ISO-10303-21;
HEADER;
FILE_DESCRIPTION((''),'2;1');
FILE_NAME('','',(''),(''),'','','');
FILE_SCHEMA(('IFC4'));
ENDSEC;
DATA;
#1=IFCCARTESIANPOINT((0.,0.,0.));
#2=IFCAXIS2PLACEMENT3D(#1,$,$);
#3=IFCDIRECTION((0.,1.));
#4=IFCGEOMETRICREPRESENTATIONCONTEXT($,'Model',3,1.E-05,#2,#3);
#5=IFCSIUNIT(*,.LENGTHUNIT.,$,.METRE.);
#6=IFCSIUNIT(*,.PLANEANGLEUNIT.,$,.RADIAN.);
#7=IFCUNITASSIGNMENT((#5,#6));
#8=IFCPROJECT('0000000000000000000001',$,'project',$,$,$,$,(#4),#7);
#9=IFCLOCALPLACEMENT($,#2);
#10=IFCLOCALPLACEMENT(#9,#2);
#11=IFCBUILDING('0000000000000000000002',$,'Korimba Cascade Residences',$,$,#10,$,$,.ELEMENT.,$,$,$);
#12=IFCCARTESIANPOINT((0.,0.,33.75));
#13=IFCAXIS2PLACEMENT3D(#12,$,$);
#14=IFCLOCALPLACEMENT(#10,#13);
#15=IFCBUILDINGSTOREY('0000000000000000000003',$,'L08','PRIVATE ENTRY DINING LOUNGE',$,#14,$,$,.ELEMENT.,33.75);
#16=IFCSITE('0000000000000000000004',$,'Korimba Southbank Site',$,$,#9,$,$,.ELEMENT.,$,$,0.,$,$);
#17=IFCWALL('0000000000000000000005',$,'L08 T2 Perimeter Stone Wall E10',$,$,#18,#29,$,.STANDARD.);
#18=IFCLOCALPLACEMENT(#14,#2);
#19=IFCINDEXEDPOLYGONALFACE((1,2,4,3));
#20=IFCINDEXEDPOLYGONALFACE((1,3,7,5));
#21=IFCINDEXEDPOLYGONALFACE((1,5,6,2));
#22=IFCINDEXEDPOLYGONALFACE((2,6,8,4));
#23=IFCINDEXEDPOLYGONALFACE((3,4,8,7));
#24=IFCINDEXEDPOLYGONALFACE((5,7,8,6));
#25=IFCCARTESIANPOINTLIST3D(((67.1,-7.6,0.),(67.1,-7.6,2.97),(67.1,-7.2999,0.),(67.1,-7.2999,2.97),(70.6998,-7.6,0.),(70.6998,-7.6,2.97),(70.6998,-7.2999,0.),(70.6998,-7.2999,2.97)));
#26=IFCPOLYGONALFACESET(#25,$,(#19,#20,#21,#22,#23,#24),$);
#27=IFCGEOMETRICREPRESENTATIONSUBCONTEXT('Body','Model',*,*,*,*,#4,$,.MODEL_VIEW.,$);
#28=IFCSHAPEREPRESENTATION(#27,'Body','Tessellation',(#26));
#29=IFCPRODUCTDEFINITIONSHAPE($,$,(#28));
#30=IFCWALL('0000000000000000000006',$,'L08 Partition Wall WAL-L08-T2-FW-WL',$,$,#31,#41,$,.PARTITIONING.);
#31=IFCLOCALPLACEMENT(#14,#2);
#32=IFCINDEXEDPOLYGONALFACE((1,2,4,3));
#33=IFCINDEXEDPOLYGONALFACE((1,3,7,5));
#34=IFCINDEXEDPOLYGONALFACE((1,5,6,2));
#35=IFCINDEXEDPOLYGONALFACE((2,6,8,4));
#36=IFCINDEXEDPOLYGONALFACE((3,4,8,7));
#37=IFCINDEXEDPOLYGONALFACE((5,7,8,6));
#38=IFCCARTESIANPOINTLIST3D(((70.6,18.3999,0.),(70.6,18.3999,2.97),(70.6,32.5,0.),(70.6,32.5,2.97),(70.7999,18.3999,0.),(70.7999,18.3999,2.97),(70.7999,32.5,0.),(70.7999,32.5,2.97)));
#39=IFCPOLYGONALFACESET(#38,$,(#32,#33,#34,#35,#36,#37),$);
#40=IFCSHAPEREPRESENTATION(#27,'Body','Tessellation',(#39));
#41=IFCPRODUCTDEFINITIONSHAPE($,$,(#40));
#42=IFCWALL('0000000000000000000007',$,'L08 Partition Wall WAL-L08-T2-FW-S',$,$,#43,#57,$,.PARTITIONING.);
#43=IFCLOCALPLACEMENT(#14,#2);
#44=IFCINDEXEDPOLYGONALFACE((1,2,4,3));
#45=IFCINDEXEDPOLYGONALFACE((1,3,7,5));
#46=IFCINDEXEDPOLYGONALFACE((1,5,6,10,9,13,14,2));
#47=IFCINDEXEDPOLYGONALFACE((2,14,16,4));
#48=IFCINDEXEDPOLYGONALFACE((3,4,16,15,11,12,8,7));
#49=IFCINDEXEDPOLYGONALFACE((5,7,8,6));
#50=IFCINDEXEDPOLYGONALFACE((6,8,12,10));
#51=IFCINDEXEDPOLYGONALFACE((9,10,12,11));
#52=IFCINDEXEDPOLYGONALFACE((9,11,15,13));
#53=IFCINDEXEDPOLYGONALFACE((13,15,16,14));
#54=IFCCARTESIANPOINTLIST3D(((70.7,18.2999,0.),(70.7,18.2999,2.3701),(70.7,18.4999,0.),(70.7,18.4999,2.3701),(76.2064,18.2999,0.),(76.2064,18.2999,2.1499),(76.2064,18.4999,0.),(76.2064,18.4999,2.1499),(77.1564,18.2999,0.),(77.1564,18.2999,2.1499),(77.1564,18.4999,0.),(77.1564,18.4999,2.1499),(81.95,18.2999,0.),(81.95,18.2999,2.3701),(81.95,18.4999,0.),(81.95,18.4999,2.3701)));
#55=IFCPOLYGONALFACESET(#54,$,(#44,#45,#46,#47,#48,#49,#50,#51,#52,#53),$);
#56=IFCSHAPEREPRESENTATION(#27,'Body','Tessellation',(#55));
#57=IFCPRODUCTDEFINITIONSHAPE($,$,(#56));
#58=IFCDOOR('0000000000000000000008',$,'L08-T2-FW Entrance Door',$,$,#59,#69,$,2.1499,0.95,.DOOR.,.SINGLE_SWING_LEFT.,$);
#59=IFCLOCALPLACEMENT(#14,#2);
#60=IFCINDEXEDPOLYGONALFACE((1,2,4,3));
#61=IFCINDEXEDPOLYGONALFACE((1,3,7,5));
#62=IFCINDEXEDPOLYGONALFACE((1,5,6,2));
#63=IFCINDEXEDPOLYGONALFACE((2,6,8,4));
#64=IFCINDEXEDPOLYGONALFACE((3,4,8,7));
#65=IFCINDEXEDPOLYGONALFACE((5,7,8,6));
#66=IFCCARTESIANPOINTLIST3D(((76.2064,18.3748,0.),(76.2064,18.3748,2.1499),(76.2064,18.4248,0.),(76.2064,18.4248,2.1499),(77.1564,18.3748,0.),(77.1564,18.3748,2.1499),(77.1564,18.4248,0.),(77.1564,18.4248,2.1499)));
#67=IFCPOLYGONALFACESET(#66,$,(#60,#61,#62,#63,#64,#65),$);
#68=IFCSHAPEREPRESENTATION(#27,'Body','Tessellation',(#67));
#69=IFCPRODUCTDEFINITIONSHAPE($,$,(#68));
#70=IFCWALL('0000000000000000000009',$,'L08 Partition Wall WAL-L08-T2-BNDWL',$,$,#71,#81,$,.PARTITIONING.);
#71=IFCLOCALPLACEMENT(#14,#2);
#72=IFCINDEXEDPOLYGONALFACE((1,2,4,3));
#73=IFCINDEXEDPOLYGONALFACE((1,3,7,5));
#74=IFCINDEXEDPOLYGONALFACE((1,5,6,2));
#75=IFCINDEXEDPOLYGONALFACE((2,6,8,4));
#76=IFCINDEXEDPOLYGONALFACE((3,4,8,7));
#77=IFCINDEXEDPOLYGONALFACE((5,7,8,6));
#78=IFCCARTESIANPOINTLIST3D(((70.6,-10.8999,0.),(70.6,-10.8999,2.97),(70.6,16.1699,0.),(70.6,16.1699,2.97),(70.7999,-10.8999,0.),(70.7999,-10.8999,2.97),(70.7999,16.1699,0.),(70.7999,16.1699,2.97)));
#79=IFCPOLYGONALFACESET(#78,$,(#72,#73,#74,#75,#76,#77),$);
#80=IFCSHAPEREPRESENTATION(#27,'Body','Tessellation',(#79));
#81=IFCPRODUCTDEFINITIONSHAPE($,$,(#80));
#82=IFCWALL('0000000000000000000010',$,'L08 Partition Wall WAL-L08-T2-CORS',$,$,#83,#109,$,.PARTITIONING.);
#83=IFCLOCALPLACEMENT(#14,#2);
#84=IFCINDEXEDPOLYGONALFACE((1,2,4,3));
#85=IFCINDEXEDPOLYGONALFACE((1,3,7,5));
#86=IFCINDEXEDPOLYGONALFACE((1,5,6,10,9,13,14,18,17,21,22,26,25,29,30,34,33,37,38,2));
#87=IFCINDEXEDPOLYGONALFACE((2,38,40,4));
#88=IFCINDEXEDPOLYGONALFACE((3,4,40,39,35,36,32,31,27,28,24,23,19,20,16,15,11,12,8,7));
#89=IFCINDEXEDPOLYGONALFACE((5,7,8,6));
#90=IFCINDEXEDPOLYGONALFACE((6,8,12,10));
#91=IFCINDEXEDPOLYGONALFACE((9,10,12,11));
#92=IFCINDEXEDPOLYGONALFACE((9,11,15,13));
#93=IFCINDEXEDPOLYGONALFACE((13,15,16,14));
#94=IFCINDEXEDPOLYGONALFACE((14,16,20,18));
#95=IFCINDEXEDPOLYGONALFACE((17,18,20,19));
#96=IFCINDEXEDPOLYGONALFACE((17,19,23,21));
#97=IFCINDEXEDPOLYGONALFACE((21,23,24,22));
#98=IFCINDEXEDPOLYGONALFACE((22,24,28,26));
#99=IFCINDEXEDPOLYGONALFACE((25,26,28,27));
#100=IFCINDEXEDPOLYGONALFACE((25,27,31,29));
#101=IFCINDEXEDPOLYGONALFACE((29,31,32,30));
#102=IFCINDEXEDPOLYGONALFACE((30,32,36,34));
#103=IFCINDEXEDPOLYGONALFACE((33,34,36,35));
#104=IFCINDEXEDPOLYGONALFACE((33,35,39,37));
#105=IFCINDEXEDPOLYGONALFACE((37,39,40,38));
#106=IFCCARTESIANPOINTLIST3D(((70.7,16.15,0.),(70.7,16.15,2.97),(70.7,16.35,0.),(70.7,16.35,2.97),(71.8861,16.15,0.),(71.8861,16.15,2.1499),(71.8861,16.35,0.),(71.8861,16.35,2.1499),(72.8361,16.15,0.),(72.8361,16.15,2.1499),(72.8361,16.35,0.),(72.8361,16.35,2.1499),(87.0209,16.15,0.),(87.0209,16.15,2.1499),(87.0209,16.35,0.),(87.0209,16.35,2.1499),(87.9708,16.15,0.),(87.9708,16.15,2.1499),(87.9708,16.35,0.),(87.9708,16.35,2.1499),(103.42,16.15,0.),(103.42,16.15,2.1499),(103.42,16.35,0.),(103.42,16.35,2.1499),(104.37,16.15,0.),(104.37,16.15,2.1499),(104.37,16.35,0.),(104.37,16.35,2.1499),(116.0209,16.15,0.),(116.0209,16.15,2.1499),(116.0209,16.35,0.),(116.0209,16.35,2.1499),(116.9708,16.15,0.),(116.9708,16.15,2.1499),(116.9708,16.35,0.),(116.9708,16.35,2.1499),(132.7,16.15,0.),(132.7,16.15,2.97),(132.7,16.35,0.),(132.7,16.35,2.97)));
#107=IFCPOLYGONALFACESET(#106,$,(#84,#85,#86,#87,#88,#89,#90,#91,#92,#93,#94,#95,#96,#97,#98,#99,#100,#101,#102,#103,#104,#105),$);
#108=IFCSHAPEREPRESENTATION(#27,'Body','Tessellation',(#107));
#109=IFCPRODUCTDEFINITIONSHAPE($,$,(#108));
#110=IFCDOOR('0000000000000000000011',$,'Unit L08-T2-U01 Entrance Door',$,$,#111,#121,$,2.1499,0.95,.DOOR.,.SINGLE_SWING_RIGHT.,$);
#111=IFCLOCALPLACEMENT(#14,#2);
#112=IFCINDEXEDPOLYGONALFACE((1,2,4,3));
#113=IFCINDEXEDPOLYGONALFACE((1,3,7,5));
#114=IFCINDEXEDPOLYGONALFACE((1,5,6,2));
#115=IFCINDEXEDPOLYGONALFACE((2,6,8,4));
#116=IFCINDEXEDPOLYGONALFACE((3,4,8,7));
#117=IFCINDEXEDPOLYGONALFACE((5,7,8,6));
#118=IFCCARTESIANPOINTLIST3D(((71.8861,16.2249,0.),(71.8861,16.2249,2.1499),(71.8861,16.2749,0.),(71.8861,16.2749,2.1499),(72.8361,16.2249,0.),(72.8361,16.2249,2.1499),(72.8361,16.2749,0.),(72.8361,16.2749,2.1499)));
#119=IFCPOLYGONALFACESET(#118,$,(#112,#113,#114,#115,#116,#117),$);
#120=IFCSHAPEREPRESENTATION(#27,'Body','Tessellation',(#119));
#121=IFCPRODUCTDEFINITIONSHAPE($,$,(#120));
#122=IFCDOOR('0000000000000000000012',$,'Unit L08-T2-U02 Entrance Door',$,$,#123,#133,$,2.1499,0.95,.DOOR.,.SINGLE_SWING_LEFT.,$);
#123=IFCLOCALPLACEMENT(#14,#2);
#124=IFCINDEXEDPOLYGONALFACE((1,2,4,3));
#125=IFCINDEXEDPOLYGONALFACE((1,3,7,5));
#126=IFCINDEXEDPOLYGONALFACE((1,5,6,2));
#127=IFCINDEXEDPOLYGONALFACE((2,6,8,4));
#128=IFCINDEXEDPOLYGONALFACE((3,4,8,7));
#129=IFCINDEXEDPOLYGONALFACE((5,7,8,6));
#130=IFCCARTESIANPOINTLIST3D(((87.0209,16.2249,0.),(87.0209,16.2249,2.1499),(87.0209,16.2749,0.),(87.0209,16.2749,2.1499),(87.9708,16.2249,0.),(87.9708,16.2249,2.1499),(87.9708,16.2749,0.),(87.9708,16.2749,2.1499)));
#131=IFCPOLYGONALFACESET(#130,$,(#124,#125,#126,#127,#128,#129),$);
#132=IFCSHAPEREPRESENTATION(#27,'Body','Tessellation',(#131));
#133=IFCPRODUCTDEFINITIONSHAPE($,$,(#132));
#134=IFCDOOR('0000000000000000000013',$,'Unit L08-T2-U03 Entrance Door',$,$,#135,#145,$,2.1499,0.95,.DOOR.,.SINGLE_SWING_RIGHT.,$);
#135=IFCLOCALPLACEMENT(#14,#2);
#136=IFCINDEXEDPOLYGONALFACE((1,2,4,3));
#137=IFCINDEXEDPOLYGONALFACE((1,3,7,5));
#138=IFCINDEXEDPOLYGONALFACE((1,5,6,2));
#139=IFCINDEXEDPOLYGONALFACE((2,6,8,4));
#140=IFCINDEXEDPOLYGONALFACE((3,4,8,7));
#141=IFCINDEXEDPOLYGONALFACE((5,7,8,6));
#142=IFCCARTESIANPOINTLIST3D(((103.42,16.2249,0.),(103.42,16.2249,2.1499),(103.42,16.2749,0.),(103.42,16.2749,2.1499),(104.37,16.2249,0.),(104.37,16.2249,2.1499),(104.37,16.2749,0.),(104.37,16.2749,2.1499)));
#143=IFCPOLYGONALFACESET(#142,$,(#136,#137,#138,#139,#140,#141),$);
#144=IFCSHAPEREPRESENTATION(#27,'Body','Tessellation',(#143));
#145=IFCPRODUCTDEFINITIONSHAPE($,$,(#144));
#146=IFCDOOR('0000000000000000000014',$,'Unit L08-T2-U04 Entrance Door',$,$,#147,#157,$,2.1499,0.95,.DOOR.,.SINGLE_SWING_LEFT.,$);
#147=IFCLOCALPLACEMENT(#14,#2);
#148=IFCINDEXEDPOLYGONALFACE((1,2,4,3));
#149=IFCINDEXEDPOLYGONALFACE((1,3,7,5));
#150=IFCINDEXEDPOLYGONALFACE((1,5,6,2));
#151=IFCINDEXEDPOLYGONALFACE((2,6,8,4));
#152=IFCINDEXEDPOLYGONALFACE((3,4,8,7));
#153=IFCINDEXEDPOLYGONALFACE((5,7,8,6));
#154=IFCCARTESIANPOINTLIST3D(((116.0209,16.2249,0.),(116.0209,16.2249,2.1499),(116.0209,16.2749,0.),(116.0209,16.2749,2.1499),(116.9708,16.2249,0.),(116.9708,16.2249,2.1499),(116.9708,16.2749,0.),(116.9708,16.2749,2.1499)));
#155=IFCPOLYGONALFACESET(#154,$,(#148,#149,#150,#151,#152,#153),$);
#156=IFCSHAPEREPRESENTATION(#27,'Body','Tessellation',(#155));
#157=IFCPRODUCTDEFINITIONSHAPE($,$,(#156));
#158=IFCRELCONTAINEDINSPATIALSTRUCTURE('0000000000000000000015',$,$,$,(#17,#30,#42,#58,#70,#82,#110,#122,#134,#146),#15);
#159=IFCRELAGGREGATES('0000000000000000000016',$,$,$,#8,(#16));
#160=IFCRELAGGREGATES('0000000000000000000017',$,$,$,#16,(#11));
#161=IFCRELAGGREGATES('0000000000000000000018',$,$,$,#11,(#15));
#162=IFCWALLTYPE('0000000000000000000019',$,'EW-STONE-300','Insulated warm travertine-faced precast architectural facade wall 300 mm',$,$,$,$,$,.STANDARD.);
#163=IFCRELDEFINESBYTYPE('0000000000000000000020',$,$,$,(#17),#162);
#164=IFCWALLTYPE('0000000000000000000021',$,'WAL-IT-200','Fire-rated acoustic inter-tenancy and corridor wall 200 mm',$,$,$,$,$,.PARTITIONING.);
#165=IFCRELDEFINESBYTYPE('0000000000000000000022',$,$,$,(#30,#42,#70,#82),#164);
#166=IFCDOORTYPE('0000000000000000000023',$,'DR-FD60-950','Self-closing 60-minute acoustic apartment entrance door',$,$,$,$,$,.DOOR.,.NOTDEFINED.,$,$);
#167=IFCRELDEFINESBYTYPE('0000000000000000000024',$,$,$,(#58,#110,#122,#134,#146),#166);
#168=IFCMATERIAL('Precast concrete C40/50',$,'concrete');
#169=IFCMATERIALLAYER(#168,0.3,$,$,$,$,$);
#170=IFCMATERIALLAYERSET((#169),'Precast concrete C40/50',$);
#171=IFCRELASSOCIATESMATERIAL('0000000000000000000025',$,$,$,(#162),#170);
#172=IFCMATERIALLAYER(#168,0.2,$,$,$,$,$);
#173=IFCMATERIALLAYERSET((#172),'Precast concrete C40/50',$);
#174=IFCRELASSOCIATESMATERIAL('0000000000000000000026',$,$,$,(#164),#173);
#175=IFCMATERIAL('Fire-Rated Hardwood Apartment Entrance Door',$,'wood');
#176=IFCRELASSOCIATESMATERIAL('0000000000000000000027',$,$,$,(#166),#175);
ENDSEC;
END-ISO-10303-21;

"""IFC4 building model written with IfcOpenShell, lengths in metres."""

from ifc_helpers import new_model, si_unit, direction, frame, frame_2d, origin, place, context, subcontext, project, spatial, rectangle, extrude, material, layer, layer_set, type_object, element, fill, save


model = new_model("IFC4")

# Units and contexts
model_context = context("Model", 3, precision=1e-05, world=origin(), true_north=direction((0.0, 1.0)))
body_context = subcontext(model_context, "Body", "Model", "MODEL_VIEW")
ifc_project = project(units=[si_unit("LENGTHUNIT", "METRE"), si_unit("PLANEANGLEUNIT", "RADIAN")], contexts=[model_context])

# Site, building, storey
site_placement = place(None, origin())
site = spatial("IfcSite", under=ifc_project, at=site_placement, Name="Korimba Southbank Site", CompositionType="ELEMENT", RefElevation=0.0)
building_placement = place(site_placement, origin())
building = spatial("IfcBuilding", under=site, at=building_placement, Name="Korimba Cascade Residences", CompositionType="ELEMENT")
storey_placement = place(building_placement, frame((0.0, 0.0, 33.75)))
storey = spatial("IfcBuildingStorey", under=building, at=storey_placement, Name="L08", Description="PRIVATE ENTRY DINING LOUNGE", CompositionType="ELEMENT", Elevation=33.75)

# Shared definitions
ifc_material_1 = material(Name="Precast concrete C40/50", Category="concrete")

# Walls
ifc_layer_1 = layer(ifc_material_1, 0.3)
ifc_layer_set_1 = layer_set([ifc_layer_1], Name="Precast concrete C40/50")
wall_type_1 = type_object("IfcWallType", Name="EW-STONE-300", Description="Insulated warm travertine-faced precast architectural facade wall 300 mm", PredefinedType="STANDARD", material=ifc_layer_set_1)
wall_1_placement = place(storey_placement, frame((67.1001, -7.45, 0.0), z_axis=(0.0, 0.0, 1.0), x_axis=(1.0, 0.0, 0.0)))
element("IfcWall", 1, at=wall_1_placement, inside=storey, type_object=wall_type_1, Name="L08 T2 Perimeter Stone Wall E10", PredefinedType="STANDARD", context=body_context, shape_type="SweptSolid", body=[
    extrude(rectangle(XDim=3.5999, YDim=0.3, at=frame_2d((1.7998, 0.0))), origin(), (0.0, 0.0, 1.0), 2.97),
])
ifc_layer_2 = layer(ifc_material_1, 0.2)
ifc_layer_set_2 = layer_set([ifc_layer_2], Name="Precast concrete C40/50")
wall_type_2 = type_object("IfcWallType", Name="WAL-IT-200", Description="Fire-rated acoustic inter-tenancy and corridor wall 200 mm", PredefinedType="PARTITIONING", material=ifc_layer_set_2)
wall_2_placement = place(storey_placement, frame((70.7, 18.3999, 0.0), z_axis=(0.0, 0.0, 1.0), x_axis=(0.0, 1.0, 0.0)))
element("IfcWall", 2, at=wall_2_placement, inside=storey, type_object=wall_type_2, Name="L08 Partition Wall WAL-L08-T2-FW-WL", PredefinedType="PARTITIONING", context=body_context, shape_type="SweptSolid", body=[
    extrude(rectangle(XDim=14.1001, YDim=0.2, at=frame_2d((7.05, 0.0))), origin(), (0.0, 0.0, 1.0), 2.97),
])

# Wall, opening, door
wall_3_placement = place(storey_placement, frame((70.7, 18.3999, 0.0), z_axis=(0.0, 0.0, 1.0), x_axis=(1.0, 0.0, 0.0)))
wall_3 = element("IfcWall", 3, at=wall_3_placement, inside=storey, type_object=wall_type_2, Name="L08 Partition Wall WAL-L08-T2-FW-S", PredefinedType="PARTITIONING", context=body_context, shape_type="SweptSolid", body=[
    extrude(rectangle(XDim=11.25, YDim=0.2, at=frame_2d((5.625, 0.0))), origin(), (0.0, 0.0, 1.0), 2.3701),
])
opening_1_placement = place(wall_3_placement, frame((5.5063, 0.0, 0.0)))
opening_1 = element("IfcOpeningElement", 4, at=opening_1_placement, cuts=wall_3, PredefinedType="OPENING", context=body_context, shape_type="SweptSolid", body=[
    extrude(rectangle(XDim=0.95, YDim=2.1499, at=frame_2d((0.4751, 1.075))), frame((0.0, 0.1099, 0.0), z_axis=(0.0, -1.0, 0.0), x_axis=(1.0, 0.0, 0.0)), (0.0, 0.0, 1.0), 0.22),
])
ifc_material_2 = material(Name="Fire-Rated Hardwood Apartment Entrance Door", Category="wood")
door_type_1 = type_object("IfcDoorType", Name="DR-FD60-950", Description="Self-closing 60-minute acoustic apartment entrance door", OperationType="NOTDEFINED", PredefinedType="DOOR", material=ifc_material_2)
door_1_placement = place(opening_1_placement, origin())
door_1 = element("IfcDoor", 5, at=door_1_placement, inside=storey, type_object=door_type_1, Name="L08-T2-FW Entrance Door", OperationType="SINGLE_SWING_LEFT", OverallHeight=2.1499, OverallWidth=0.95, PredefinedType="DOOR", context=body_context, shape_type="SweptSolid", body=[
    extrude(rectangle(XDim=0.95, YDim=2.1499, at=frame_2d((0.4751, 1.075))), frame((0.0, 0.0249, 0.0), z_axis=(0.0, -1.0, 0.0), x_axis=(1.0, 0.0, 0.0)), (0.0, 0.0, 1.0), 0.05),
])
fill(opening_1, door_1)

# Wall
wall_4_placement = place(storey_placement, frame((70.7, -10.8999, 0.0), z_axis=(0.0, 0.0, 1.0), x_axis=(0.0, 1.0, 0.0)))
element("IfcWall", 6, at=wall_4_placement, inside=storey, type_object=wall_type_2, Name="L08 Partition Wall WAL-L08-T2-BNDWL", PredefinedType="PARTITIONING", context=body_context, shape_type="SweptSolid", body=[
    extrude(rectangle(XDim=27.0698, YDim=0.2, at=frame_2d((13.5349, 0.0))), origin(), (0.0, 0.0, 1.0), 2.97),
])

# Wall, openings, doors
wall_5_placement = place(storey_placement, frame((70.7, 16.25, 0.0), z_axis=(0.0, 0.0, 1.0), x_axis=(1.0, 0.0, 0.0)))
wall_5 = element("IfcWall", 7, at=wall_5_placement, inside=storey, type_object=wall_type_2, Name="L08 Partition Wall WAL-L08-T2-CORS", PredefinedType="PARTITIONING", context=body_context, shape_type="SweptSolid", body=[
    extrude(rectangle(XDim=62.0, YDim=0.2, at=frame_2d((31.0, 0.0))), origin(), (0.0, 0.0, 1.0), 2.97),
])
opening_2_placement = place(wall_5_placement, frame((1.186, 0.0, 0.0)))
opening_2 = element("IfcOpeningElement", 8, at=opening_2_placement, cuts=wall_5, PredefinedType="OPENING", context=body_context, shape_type="SweptSolid", body=[
    extrude(rectangle(XDim=0.95, YDim=2.1499, at=frame_2d((0.4751, 1.075))), frame((0.0, 0.1099, 0.0), z_axis=(0.0, -1.0, 0.0), x_axis=(1.0, 0.0, 0.0)), (0.0, 0.0, 1.0), 0.22),
])
opening_3_placement = place(wall_5_placement, frame((16.3208, 0.0, 0.0)))
opening_3 = element("IfcOpeningElement", 9, at=opening_3_placement, cuts=wall_5, PredefinedType="OPENING", context=body_context, shape_type="SweptSolid", body=[
    extrude(rectangle(XDim=0.95, YDim=2.1499, at=frame_2d((0.4751, 1.075))), frame((0.0, 0.1099, 0.0), z_axis=(0.0, -1.0, 0.0), x_axis=(1.0, 0.0, 0.0)), (0.0, 0.0, 1.0), 0.22),
])
opening_4_placement = place(wall_5_placement, frame((32.72, 0.0, 0.0)))
opening_4 = element("IfcOpeningElement", 10, at=opening_4_placement, cuts=wall_5, PredefinedType="OPENING", context=body_context, shape_type="SweptSolid", body=[
    extrude(rectangle(XDim=0.95, YDim=2.1499, at=frame_2d((0.4751, 1.075))), frame((0.0, 0.1099, 0.0), z_axis=(0.0, -1.0, 0.0), x_axis=(1.0, 0.0, 0.0)), (0.0, 0.0, 1.0), 0.22),
])
opening_5_placement = place(wall_5_placement, frame((45.3208, 0.0, 0.0)))
opening_5 = element("IfcOpeningElement", 11, at=opening_5_placement, cuts=wall_5, PredefinedType="OPENING", context=body_context, shape_type="SweptSolid", body=[
    extrude(rectangle(XDim=0.95, YDim=2.1499, at=frame_2d((0.4751, 1.075))), frame((0.0, 0.1099, 0.0), z_axis=(0.0, -1.0, 0.0), x_axis=(1.0, 0.0, 0.0)), (0.0, 0.0, 1.0), 0.22),
])
door_2_placement = place(opening_2_placement, origin())
door_2 = element("IfcDoor", 12, at=door_2_placement, inside=storey, type_object=door_type_1, Name="Unit L08-T2-U01 Entrance Door", OperationType="SINGLE_SWING_RIGHT", OverallHeight=2.1499, OverallWidth=0.95, PredefinedType="DOOR", context=body_context, shape_type="SweptSolid", body=[
    extrude(rectangle(XDim=0.95, YDim=2.1499, at=frame_2d((0.4751, 1.075))), frame((0.0, 0.0249, 0.0), z_axis=(0.0, -1.0, 0.0), x_axis=(1.0, 0.0, 0.0)), (0.0, 0.0, 1.0), 0.05),
])
fill(opening_2, door_2)
door_3_placement = place(opening_3_placement, origin())
door_3 = element("IfcDoor", 13, at=door_3_placement, inside=storey, type_object=door_type_1, Name="Unit L08-T2-U02 Entrance Door", OperationType="SINGLE_SWING_LEFT", OverallHeight=2.1499, OverallWidth=0.95, PredefinedType="DOOR", context=body_context, shape_type="SweptSolid", body=[
    extrude(rectangle(XDim=0.95, YDim=2.1499, at=frame_2d((0.4751, 1.075))), frame((0.0, 0.0249, 0.0), z_axis=(0.0, -1.0, 0.0), x_axis=(1.0, 0.0, 0.0)), (0.0, 0.0, 1.0), 0.05),
])
fill(opening_3, door_3)
door_4_placement = place(opening_4_placement, origin())
door_4 = element("IfcDoor", 14, at=door_4_placement, inside=storey, type_object=door_type_1, Name="Unit L08-T2-U03 Entrance Door", OperationType="SINGLE_SWING_RIGHT", OverallHeight=2.1499, OverallWidth=0.95, PredefinedType="DOOR", context=body_context, shape_type="SweptSolid", body=[
    extrude(rectangle(XDim=0.95, YDim=2.1499, at=frame_2d((0.4751, 1.075))), frame((0.0, 0.0249, 0.0), z_axis=(0.0, -1.0, 0.0), x_axis=(1.0, 0.0, 0.0)), (0.0, 0.0, 1.0), 0.05),
])
fill(opening_4, door_4)
door_5_placement = place(opening_5_placement, origin())
door_5 = element("IfcDoor", 15, at=door_5_placement, inside=storey, type_object=door_type_1, Name="Unit L08-T2-U04 Entrance Door", OperationType="SINGLE_SWING_LEFT", OverallHeight=2.1499, OverallWidth=0.95, PredefinedType="DOOR", context=body_context, shape_type="SweptSolid", body=[
    extrude(rectangle(XDim=0.95, YDim=2.1499, at=frame_2d((0.4751, 1.075))), frame((0.0, 0.0249, 0.0), z_axis=(0.0, -1.0, 0.0), x_axis=(1.0, 0.0, 0.0)), (0.0, 0.0, 1.0), 0.05),
])
fill(opening_5, door_5)

save(model, "model.ifc")
